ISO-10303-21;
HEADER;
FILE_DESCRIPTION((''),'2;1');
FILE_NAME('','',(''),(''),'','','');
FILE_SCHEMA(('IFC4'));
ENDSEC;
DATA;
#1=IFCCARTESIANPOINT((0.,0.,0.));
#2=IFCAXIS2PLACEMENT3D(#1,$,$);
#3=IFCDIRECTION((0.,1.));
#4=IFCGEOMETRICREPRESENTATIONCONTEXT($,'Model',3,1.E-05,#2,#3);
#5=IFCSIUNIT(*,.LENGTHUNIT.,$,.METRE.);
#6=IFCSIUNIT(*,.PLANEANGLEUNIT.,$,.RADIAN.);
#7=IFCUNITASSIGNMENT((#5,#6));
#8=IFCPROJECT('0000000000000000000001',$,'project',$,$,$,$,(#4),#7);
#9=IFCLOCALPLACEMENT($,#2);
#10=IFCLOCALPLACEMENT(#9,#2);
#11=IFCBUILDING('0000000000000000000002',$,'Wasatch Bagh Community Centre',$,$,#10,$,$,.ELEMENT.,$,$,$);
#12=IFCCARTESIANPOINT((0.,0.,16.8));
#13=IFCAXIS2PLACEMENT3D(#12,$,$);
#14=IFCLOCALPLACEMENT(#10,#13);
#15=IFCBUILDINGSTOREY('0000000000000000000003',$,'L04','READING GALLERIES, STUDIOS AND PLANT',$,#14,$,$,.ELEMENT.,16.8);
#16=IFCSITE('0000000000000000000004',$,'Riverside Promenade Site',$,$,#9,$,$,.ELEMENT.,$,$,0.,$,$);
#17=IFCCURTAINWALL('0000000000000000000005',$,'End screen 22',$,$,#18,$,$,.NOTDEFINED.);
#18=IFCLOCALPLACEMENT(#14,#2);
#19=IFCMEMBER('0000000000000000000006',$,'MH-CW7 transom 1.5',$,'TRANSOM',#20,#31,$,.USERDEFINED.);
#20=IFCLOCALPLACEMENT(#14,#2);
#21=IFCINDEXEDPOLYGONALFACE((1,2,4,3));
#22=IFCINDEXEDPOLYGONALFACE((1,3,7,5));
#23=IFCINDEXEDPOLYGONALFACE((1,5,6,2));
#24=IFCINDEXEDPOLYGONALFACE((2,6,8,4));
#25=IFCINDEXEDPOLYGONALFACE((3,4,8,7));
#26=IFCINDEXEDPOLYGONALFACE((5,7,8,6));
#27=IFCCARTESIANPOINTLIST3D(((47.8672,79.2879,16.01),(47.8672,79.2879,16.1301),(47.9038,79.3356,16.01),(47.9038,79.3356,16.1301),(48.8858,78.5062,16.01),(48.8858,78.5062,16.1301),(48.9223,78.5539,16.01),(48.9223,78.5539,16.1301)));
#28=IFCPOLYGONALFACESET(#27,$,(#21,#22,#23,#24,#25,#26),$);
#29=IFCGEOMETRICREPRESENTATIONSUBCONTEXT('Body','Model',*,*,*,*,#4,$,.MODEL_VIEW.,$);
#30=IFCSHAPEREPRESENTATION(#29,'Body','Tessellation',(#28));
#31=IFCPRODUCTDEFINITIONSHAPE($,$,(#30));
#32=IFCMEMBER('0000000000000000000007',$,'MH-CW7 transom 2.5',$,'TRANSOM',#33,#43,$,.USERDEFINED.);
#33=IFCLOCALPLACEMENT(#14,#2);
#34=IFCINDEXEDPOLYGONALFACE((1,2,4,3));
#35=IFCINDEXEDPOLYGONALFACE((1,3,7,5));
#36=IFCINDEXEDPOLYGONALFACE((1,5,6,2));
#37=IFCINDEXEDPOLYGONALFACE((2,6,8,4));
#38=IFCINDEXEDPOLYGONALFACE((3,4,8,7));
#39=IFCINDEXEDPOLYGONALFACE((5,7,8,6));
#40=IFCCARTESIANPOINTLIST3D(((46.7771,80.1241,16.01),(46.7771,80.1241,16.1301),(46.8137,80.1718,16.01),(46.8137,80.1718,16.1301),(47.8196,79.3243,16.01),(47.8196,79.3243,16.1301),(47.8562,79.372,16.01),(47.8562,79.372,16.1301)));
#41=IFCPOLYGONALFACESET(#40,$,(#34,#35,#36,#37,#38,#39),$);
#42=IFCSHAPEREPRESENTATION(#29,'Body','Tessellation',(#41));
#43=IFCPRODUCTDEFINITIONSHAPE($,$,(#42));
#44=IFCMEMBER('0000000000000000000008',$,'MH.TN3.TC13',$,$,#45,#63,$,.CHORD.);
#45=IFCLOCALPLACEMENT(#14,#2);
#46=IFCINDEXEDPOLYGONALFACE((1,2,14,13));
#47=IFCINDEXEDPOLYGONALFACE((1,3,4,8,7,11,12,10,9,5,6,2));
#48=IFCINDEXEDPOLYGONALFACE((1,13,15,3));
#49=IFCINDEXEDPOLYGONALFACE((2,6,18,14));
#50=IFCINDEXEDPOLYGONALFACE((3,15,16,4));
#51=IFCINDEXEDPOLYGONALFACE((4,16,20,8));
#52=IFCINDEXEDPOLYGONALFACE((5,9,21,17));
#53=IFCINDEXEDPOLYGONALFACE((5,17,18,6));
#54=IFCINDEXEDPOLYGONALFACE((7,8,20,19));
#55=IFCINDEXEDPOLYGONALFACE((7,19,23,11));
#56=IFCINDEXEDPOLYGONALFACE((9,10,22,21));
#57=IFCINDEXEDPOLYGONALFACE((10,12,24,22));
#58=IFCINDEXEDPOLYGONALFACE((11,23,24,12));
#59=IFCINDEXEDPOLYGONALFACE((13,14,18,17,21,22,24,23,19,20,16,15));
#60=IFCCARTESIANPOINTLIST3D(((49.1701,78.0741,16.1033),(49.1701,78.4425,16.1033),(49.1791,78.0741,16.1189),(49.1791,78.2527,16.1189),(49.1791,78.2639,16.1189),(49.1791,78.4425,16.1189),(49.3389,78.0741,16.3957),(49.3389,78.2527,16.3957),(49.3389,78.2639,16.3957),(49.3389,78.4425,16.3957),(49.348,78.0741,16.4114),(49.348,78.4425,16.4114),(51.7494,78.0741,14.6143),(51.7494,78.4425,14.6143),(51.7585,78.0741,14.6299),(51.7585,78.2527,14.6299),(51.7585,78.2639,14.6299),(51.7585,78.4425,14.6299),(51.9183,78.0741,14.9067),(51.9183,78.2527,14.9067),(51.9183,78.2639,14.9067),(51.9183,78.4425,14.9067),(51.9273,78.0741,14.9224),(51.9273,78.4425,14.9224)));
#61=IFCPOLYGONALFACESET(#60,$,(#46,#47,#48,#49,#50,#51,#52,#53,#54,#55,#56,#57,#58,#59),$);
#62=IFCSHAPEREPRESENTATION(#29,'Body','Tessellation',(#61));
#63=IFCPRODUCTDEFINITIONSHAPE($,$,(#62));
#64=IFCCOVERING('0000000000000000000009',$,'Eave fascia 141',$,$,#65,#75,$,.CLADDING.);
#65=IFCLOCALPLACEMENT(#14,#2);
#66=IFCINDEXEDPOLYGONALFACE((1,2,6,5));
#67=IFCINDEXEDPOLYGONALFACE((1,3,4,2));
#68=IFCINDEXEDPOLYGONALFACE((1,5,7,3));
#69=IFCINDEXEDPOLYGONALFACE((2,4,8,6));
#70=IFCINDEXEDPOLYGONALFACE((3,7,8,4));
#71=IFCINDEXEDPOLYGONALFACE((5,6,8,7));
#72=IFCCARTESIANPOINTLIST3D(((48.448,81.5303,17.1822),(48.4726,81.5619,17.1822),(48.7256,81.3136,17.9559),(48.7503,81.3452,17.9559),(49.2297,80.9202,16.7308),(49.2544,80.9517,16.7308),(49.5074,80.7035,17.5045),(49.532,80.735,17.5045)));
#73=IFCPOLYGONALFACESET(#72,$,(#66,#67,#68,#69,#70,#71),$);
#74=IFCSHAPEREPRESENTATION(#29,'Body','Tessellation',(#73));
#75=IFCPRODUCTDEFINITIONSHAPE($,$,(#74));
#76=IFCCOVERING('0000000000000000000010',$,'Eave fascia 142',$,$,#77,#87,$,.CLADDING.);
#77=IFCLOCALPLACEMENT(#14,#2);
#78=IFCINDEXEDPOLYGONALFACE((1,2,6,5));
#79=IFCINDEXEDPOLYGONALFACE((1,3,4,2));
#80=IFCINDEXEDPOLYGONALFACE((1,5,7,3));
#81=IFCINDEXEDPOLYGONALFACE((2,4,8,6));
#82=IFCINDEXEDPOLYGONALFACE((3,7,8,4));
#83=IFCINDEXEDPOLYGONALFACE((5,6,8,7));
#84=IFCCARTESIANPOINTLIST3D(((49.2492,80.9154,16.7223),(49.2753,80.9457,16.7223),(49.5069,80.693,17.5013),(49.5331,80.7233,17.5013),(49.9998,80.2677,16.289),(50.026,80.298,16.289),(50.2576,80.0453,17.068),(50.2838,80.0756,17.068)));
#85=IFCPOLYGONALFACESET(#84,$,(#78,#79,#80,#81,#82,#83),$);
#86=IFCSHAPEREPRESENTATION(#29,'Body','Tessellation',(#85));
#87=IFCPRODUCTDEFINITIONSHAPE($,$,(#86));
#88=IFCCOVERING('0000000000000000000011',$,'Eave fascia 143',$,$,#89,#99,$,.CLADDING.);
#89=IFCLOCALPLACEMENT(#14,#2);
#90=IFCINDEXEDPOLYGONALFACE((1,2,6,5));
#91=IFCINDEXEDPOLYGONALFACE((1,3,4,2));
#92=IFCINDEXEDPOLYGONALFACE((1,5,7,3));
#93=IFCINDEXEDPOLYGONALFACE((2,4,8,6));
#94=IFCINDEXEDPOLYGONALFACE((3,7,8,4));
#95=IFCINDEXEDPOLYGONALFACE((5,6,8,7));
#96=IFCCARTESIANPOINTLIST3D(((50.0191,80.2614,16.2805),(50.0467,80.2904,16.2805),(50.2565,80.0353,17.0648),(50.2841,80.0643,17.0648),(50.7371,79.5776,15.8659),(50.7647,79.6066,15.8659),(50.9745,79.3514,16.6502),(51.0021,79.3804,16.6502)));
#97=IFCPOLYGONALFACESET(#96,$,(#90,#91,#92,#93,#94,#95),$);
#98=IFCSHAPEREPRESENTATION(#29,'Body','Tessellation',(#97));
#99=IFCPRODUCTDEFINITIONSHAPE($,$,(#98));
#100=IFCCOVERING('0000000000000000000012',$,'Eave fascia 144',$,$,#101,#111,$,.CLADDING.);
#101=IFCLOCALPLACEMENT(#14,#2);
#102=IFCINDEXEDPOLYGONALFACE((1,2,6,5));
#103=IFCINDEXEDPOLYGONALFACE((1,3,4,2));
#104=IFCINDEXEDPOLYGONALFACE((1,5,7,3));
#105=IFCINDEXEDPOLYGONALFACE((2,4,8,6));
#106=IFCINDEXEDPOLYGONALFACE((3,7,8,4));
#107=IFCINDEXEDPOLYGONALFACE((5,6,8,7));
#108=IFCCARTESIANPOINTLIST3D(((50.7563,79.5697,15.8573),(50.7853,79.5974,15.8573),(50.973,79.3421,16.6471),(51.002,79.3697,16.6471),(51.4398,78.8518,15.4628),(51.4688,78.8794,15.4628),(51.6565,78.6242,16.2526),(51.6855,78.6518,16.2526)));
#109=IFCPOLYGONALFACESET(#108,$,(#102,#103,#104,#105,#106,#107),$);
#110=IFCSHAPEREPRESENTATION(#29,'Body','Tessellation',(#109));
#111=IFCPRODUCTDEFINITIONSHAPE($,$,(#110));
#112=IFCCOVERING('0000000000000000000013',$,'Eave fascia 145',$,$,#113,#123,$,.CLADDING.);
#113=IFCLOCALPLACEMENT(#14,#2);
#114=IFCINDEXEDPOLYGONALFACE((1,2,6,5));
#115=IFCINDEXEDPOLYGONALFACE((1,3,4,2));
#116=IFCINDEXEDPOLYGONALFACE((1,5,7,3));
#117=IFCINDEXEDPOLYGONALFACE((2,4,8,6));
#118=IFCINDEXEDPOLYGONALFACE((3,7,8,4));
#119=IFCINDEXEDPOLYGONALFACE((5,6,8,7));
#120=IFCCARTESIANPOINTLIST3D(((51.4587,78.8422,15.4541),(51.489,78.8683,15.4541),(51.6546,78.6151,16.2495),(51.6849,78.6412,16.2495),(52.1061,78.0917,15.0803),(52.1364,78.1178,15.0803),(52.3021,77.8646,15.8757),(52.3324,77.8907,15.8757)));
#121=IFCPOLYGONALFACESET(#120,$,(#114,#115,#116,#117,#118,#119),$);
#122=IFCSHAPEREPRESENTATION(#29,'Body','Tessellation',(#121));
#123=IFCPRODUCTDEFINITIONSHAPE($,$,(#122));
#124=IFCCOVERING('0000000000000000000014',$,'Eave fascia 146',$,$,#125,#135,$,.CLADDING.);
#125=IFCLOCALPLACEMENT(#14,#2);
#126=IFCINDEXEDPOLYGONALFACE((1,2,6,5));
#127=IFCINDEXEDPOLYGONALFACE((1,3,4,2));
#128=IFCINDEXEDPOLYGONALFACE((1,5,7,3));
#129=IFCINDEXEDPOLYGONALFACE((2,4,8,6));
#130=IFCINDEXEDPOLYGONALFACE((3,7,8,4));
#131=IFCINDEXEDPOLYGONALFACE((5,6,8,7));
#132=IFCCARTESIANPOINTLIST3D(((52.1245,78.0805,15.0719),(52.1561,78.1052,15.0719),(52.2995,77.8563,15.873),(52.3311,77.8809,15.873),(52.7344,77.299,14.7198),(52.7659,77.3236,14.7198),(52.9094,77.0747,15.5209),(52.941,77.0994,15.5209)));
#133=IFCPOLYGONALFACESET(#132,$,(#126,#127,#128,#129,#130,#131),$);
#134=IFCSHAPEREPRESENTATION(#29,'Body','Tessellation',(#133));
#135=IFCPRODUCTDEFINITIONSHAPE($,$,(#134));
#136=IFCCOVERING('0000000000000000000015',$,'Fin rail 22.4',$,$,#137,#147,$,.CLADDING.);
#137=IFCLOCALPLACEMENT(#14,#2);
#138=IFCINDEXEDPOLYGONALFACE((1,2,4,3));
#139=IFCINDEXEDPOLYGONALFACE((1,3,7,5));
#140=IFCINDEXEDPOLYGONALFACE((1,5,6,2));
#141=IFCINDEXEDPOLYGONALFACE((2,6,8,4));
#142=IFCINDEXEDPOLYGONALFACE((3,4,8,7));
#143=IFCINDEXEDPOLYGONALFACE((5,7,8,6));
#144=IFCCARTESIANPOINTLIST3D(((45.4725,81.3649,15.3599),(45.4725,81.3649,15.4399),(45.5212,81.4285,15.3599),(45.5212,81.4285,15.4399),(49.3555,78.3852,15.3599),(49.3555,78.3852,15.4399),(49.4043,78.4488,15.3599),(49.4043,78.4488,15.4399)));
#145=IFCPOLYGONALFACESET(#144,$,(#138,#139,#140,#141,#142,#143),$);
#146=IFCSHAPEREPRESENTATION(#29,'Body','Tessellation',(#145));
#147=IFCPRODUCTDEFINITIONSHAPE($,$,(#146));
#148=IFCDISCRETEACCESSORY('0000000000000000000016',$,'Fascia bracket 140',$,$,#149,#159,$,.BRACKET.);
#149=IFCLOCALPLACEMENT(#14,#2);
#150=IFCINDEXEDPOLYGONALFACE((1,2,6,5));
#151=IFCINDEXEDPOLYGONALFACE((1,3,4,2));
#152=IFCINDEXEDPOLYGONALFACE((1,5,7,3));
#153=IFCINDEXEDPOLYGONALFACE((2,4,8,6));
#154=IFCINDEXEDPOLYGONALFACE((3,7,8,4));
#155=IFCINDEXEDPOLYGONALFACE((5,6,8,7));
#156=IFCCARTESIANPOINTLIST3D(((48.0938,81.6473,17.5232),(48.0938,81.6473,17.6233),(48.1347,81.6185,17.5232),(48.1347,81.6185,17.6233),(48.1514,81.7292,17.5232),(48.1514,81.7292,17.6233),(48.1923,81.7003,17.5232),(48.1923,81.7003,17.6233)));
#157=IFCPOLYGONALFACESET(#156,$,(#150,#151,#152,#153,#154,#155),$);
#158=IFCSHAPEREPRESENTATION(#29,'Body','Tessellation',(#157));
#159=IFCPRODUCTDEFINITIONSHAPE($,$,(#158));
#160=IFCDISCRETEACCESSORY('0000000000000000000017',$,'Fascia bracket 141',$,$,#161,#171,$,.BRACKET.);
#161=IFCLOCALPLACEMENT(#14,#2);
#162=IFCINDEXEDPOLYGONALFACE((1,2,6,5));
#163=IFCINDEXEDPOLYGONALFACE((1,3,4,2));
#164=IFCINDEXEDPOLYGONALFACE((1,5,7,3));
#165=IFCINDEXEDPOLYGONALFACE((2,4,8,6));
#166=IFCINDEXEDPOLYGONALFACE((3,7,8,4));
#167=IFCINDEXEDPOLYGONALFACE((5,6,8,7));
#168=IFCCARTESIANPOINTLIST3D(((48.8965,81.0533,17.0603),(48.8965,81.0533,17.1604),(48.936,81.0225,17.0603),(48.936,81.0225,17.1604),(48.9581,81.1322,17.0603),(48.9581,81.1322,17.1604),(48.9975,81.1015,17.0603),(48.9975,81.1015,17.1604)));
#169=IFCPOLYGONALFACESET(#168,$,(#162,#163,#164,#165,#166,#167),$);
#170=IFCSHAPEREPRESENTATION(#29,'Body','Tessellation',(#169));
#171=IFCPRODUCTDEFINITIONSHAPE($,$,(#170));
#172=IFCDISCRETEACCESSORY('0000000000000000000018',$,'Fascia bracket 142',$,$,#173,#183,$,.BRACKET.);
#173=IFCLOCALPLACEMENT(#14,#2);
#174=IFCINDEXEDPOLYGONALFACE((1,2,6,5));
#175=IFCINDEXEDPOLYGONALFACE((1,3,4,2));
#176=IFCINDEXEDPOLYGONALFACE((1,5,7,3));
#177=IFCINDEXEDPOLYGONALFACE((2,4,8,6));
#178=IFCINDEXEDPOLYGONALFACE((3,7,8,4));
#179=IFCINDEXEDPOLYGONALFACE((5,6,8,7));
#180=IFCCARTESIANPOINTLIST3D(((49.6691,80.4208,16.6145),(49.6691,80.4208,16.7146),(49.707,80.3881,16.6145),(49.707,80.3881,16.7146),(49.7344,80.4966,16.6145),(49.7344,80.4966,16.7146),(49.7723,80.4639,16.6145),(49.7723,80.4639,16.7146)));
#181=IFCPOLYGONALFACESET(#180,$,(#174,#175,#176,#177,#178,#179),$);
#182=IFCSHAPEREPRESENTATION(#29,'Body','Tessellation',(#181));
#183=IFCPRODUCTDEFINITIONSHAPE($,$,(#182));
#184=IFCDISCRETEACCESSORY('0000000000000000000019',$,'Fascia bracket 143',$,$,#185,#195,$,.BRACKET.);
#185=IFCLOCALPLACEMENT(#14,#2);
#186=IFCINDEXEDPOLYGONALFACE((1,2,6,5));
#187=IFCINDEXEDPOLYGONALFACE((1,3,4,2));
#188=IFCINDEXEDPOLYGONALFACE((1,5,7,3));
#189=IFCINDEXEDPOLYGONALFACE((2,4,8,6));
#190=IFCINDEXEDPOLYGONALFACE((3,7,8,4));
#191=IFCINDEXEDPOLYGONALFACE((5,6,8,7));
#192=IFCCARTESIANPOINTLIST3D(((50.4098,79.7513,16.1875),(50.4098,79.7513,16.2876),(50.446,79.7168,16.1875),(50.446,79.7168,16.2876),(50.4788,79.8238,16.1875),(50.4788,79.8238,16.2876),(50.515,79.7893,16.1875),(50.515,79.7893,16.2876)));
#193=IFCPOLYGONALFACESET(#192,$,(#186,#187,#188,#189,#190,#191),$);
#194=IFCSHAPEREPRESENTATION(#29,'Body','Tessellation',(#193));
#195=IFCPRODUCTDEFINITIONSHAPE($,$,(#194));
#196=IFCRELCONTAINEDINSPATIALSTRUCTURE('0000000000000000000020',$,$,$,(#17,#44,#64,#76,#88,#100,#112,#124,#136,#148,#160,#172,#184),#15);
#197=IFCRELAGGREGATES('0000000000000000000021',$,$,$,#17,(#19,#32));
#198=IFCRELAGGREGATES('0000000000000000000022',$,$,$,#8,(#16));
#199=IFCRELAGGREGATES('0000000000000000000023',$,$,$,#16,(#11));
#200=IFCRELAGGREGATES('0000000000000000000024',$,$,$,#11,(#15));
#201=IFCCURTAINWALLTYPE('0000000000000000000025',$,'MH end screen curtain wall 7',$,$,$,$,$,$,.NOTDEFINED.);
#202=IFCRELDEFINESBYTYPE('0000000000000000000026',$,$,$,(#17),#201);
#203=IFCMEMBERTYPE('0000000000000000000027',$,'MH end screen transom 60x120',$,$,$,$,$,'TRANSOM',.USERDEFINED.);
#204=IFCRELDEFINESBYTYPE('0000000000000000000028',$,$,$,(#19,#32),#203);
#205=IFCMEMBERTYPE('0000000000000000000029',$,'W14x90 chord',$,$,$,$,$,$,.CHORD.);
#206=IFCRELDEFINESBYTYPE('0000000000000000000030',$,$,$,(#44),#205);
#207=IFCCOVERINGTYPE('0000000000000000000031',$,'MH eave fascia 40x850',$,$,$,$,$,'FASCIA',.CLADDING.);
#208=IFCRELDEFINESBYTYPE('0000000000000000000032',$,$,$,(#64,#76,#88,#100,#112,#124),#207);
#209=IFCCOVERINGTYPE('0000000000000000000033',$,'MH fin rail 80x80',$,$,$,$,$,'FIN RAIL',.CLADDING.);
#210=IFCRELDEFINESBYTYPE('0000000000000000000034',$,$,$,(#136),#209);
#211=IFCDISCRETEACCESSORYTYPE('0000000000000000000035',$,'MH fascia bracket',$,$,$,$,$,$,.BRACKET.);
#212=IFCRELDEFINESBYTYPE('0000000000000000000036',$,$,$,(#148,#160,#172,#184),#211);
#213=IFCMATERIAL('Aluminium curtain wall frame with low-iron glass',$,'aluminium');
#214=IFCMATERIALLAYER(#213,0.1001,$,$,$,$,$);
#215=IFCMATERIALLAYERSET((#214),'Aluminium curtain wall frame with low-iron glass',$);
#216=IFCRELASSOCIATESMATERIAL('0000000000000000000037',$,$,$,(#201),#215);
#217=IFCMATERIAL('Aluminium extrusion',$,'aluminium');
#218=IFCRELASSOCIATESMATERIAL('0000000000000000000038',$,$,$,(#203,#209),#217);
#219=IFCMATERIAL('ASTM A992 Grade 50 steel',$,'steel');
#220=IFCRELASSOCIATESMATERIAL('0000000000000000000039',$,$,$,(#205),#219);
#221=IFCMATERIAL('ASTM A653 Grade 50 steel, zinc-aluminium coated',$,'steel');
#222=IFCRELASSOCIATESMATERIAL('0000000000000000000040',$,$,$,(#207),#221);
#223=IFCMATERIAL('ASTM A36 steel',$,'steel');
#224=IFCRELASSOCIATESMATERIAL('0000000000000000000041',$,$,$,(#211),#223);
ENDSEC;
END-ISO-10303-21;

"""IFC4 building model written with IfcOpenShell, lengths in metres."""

from ifc_helpers import new_model, si_unit, direction, frame, origin, origin_2d, place, context, subcontext, project, spatial, rectangle, i_section, extrude, material, layer, layer_set, material_profile, profile_set, type_object, element, aggregate, save


model = new_model("IFC4")

# Units and contexts
model_context = context("Model", 3, precision=1e-05, world=origin(), true_north=direction((0.0, 1.0)))
body_context = subcontext(model_context, "Body", "Model", "MODEL_VIEW")
ifc_project = project(units=[si_unit("LENGTHUNIT", "METRE"), si_unit("PLANEANGLEUNIT", "RADIAN")], contexts=[model_context])

# Site, building, storey
site_placement = place(None, origin())
site = spatial("IfcSite", under=ifc_project, at=site_placement, Name="Riverside Promenade Site", CompositionType="ELEMENT", RefElevation=0.0)
building_placement = place(site_placement, origin())
building = spatial("IfcBuilding", under=site, at=building_placement, Name="Wasatch Bagh Community Centre", CompositionType="ELEMENT")
storey_placement = place(building_placement, frame((0.0, 0.0, 16.8)))
storey = spatial("IfcBuildingStorey", under=building, at=storey_placement, Name="L04", Description="READING GALLERIES, STUDIOS AND PLANT", CompositionType="ELEMENT", Elevation=16.8)

# Curtain wall, members
ifc_material_1 = material(Name="Aluminium curtain wall frame with low-iron glass", Category="aluminium")
ifc_layer = layer(ifc_material_1, 0.1001)
ifc_layer_set = layer_set([ifc_layer], Name="Aluminium curtain wall frame with low-iron glass")
curtain_wall_type = type_object("IfcCurtainWallType", Name="MH end screen curtain wall 7", PredefinedType="NOTDEFINED", material=ifc_layer_set)
curtain_wall_placement = place(storey_placement, origin())
curtain_wall = element("IfcCurtainWall", 1, at=curtain_wall_placement, inside=storey, type_object=curtain_wall_type, Name="End screen 22", PredefinedType="NOTDEFINED")
ifc_material_2 = material(Name="Aluminium extrusion", Category="aluminium")
ifc_material_profile_1 = material_profile(ifc_material_2, rectangle(XDim=0.0601, YDim=0.1201, at=origin_2d()), Name="AL 60x120")
ifc_profile_set_1 = profile_set([ifc_material_profile_1], Name="Aluminium extrusion")
member_type_1 = type_object("IfcMemberType", Name="MH end screen transom 60x120", ElementType="TRANSOM", PredefinedType="USERDEFINED", material=ifc_profile_set_1)
member_1_placement = place(storey_placement, frame((48.9041, 78.53, 16.0701), z_axis=(-0.793288, 0.608847, 0.0), x_axis=(-0.608847, -0.793288, 0.0)))
member_1 = element("IfcMember", 2, at=member_1_placement, type_object=member_type_1, Name="MH-CW7 transom 1.5", ObjectType="TRANSOM", PredefinedType="USERDEFINED", context=body_context, shape_type="SweptSolid", body=[
    extrude(rectangle(XDim=0.0601, YDim=0.1201, at=origin_2d()), origin(), (0.0, 0.0, 1.0), 1.2839),
])
member_2_placement = place(storey_placement, frame((47.8379, 79.3481, 16.0701), z_axis=(-0.793397, 0.608705, 0.0), x_axis=(-0.608705, -0.793397, 0.0)))
member_2 = element("IfcMember", 3, at=member_2_placement, type_object=member_type_1, Name="MH-CW7 transom 2.5", ObjectType="TRANSOM", PredefinedType="USERDEFINED", context=body_context, shape_type="SweptSolid", body=[
    extrude(rectangle(XDim=0.0601, YDim=0.1201, at=origin_2d()), origin(), (0.0, 0.0, 1.0), 1.314),
])
aggregate(curtain_wall, [member_1, member_2])

# Member
ifc_material_3 = material(Name="ASTM A992 Grade 50 steel", Category="steel")
ifc_material_profile_2 = material_profile(ifc_material_3, i_section(OverallWidth=0.3684, OverallDepth=0.3557, WebThickness=0.0112, FlangeThickness=0.0181, at=origin_2d()), Name="W14x90")
ifc_profile_set_2 = profile_set([ifc_material_profile_2], Name="ASTM A992 Grade 50 steel")
member_type_2 = type_object("IfcMemberType", Name="W14x90 chord", PredefinedType="CHORD", material=ifc_profile_set_2)
member_3_placement = place(storey_placement, frame((49.259, 78.2583, 16.2573), z_axis=(0.86605, 0.0, -0.499957), x_axis=(0.0, 1.0, 0.0)))
element("IfcMember", 4, at=member_3_placement, inside=storey, type_object=member_type_2, Name="MH.TN3.TC13", PredefinedType="CHORD", context=body_context, shape_type="SweptSolid", body=[
    extrude(i_section(OverallWidth=0.3684, OverallDepth=0.3557, WebThickness=0.0112, FlangeThickness=0.0181, at=origin_2d()), origin(), (0.0, 0.0, 1.0), 2.9783),
])

# Coverings
ifc_material_4 = material(Name="ASTM A653 Grade 50 steel, zinc-aluminium coated", Category="steel")
ifc_material_profile_3 = material_profile(ifc_material_4, rectangle(XDim=0.04, YDim=0.8501, at=origin_2d()), Name="FASCIA 40x850")
ifc_profile_set_3 = profile_set([ifc_material_profile_3], Name="ASTM A653 Grade 50 steel, zinc-aluminium coated")
covering_type_1 = type_object("IfcCoveringType", Name="MH eave fascia 40x850", ElementType="FASCIA", PredefinedType="CLADDING", material=ifc_profile_set_3)
covering_1_placement = place(storey_placement, frame((48.5991, 81.4377, 17.5691), z_axis=(0.717486, -0.559962, -0.414314), x_axis=(0.615252, 0.78833, 0.0)))
element("IfcCovering", 5, at=covering_1_placement, inside=storey, type_object=covering_type_1, Name="Eave fascia 141", PredefinedType="CLADDING", context=body_context, shape_type="SweptSolid", body=[
    extrude(rectangle(XDim=0.04, YDim=0.8501, at=origin_2d()), origin(), (0.0, 0.0, 1.0), 1.0896),
])
covering_2_placement = place(storey_placement, frame((49.3911, 80.8193, 17.1118), z_axis=(0.693782, -0.59857, -0.400476), x_axis=(0.653242, 0.75715, 0.0)))
element("IfcCovering", 6, at=covering_2_placement, inside=storey, type_object=covering_type_1, Name="Eave fascia 142", PredefinedType="CLADDING", context=body_context, shape_type="SweptSolid", body=[
    extrude(rectangle(XDim=0.04, YDim=0.8501, at=origin_2d()), origin(), (0.0, 0.0, 1.0), 1.082),
])
covering_3_placement = place(storey_placement, frame((50.1516, 80.1628, 16.6726), z_axis=(0.668094, -0.63629, -0.385727), x_axis=(0.689661, 0.724132, 0.0)))
element("IfcCovering", 7, at=covering_3_placement, inside=storey, type_object=covering_type_1, Name="Eave fascia 143", PredefinedType="CLADDING", context=body_context, shape_type="SweptSolid", body=[
    extrude(rectangle(XDim=0.04, YDim=0.8501, at=origin_2d()), origin(), (0.0, 0.0, 1.0), 1.0747),
])
covering_4_placement = place(storey_placement, frame((50.8792, 79.4697, 16.2522), z_axis=(0.640665, -0.672927, -0.369755), x_axis=(0.724255, 0.689532, 0.0)))
element("IfcCovering", 8, at=covering_4_placement, inside=storey, type_object=covering_type_1, Name="Eave fascia 144", PredefinedType="CLADDING", context=body_context, shape_type="SweptSolid", body=[
    extrude(rectangle(XDim=0.04, YDim=0.8501, at=origin_2d()), origin(), (0.0, 0.0, 1.0), 1.0669),
])
covering_5_placement = place(storey_placement, frame((51.5718, 78.7417, 15.8518), z_axis=(0.611207, -0.708465, -0.35285), x_axis=(0.757166, 0.653222, 0.0)))
element("IfcCovering", 9, at=covering_5_placement, inside=storey, type_object=covering_type_1, Name="Eave fascia 145", PredefinedType="CLADDING", context=body_context, shape_type="SweptSolid", body=[
    extrude(rectangle(XDim=0.04, YDim=0.8501, at=origin_2d()), origin(), (0.0, 0.0, 1.0), 1.0593),
])
covering_6_placement = place(storey_placement, frame((52.2278, 77.9807, 15.4724), z_axis=(0.579744, -0.742898, -0.334664), x_axis=(0.788357, 0.615219, 0.0)))
element("IfcCovering", 10, at=covering_6_placement, inside=storey, type_object=covering_type_1, Name="Eave fascia 146", PredefinedType="CLADDING", context=body_context, shape_type="SweptSolid", body=[
    extrude(rectangle(XDim=0.04, YDim=0.8501, at=origin_2d()), origin(), (0.0, 0.0, 1.0), 1.052),
])
ifc_material_profile_4 = material_profile(ifc_material_2, rectangle(XDim=0.0801, YDim=0.0801, at=origin_2d()), Name="AL 80x80")
ifc_profile_set_4 = profile_set([ifc_material_profile_4], Name="Aluminium extrusion")
covering_type_2 = type_object("IfcCoveringType", Name="MH fin rail 80x80", ElementType="FIN RAIL", PredefinedType="CLADDING", material=ifc_profile_set_4)
covering_7_placement = place(storey_placement, frame((49.3799, 78.417, 15.3999), z_axis=(-0.793337, 0.608782, 0.0), x_axis=(-0.608782, -0.793337, 0.0)))
element("IfcCovering", 11, at=covering_7_placement, inside=storey, type_object=covering_type_2, Name="Fin rail 22.4", PredefinedType="CLADDING", context=body_context, shape_type="SweptSolid", body=[
    extrude(rectangle(XDim=0.0801, YDim=0.0801, at=origin_2d()), origin(), (0.0, 0.0, 1.0), 4.8945),
])

# Discrete accessories
ifc_material_5 = material(Name="ASTM A36 steel", Category="steel")
discrete_accessory_type_1 = type_object("IfcDiscreteAccessoryType", Name="MH fascia bracket", PredefinedType="BRACKET", material=ifc_material_5)
for number, where, z_axis, x_axis, name in (
    (12, (48.1431, 81.6738, 17.5232), (0.0, 0.0, 1.0), (0.575808, 0.817585, 0.0), "Fascia bracket 140"),
    (13, (48.947, 81.0774, 17.0603), (0.0, 0.0, 1.0), (0.615232, 0.788346, 0.0), "Fascia bracket 141"),
    (14, (49.7207, 80.4424, 16.6145), (0.0, 0.0, 1.0), (0.653173, 0.757209, 0.0), "Fascia bracket 142"),
    (15, (50.4624, 79.7703, 16.1875), (0.0, 0.0, 1.0), (0.689541, 0.724247, 0.0), "Fascia bracket 143"),
):
    element("IfcDiscreteAccessory", number, at=place(storey_placement, frame(where, z_axis=z_axis, x_axis=x_axis)), inside=storey, type_object=discrete_accessory_type_1, Name=name, PredefinedType="BRACKET", context=body_context, shape_type="SweptSolid", body=[
        extrude(rectangle(XDim=0.1001, YDim=0.05, at=origin_2d()), origin(), (0.0, 0.0, 1.0), 0.1001),
    ])

save(model, "model.ifc")
